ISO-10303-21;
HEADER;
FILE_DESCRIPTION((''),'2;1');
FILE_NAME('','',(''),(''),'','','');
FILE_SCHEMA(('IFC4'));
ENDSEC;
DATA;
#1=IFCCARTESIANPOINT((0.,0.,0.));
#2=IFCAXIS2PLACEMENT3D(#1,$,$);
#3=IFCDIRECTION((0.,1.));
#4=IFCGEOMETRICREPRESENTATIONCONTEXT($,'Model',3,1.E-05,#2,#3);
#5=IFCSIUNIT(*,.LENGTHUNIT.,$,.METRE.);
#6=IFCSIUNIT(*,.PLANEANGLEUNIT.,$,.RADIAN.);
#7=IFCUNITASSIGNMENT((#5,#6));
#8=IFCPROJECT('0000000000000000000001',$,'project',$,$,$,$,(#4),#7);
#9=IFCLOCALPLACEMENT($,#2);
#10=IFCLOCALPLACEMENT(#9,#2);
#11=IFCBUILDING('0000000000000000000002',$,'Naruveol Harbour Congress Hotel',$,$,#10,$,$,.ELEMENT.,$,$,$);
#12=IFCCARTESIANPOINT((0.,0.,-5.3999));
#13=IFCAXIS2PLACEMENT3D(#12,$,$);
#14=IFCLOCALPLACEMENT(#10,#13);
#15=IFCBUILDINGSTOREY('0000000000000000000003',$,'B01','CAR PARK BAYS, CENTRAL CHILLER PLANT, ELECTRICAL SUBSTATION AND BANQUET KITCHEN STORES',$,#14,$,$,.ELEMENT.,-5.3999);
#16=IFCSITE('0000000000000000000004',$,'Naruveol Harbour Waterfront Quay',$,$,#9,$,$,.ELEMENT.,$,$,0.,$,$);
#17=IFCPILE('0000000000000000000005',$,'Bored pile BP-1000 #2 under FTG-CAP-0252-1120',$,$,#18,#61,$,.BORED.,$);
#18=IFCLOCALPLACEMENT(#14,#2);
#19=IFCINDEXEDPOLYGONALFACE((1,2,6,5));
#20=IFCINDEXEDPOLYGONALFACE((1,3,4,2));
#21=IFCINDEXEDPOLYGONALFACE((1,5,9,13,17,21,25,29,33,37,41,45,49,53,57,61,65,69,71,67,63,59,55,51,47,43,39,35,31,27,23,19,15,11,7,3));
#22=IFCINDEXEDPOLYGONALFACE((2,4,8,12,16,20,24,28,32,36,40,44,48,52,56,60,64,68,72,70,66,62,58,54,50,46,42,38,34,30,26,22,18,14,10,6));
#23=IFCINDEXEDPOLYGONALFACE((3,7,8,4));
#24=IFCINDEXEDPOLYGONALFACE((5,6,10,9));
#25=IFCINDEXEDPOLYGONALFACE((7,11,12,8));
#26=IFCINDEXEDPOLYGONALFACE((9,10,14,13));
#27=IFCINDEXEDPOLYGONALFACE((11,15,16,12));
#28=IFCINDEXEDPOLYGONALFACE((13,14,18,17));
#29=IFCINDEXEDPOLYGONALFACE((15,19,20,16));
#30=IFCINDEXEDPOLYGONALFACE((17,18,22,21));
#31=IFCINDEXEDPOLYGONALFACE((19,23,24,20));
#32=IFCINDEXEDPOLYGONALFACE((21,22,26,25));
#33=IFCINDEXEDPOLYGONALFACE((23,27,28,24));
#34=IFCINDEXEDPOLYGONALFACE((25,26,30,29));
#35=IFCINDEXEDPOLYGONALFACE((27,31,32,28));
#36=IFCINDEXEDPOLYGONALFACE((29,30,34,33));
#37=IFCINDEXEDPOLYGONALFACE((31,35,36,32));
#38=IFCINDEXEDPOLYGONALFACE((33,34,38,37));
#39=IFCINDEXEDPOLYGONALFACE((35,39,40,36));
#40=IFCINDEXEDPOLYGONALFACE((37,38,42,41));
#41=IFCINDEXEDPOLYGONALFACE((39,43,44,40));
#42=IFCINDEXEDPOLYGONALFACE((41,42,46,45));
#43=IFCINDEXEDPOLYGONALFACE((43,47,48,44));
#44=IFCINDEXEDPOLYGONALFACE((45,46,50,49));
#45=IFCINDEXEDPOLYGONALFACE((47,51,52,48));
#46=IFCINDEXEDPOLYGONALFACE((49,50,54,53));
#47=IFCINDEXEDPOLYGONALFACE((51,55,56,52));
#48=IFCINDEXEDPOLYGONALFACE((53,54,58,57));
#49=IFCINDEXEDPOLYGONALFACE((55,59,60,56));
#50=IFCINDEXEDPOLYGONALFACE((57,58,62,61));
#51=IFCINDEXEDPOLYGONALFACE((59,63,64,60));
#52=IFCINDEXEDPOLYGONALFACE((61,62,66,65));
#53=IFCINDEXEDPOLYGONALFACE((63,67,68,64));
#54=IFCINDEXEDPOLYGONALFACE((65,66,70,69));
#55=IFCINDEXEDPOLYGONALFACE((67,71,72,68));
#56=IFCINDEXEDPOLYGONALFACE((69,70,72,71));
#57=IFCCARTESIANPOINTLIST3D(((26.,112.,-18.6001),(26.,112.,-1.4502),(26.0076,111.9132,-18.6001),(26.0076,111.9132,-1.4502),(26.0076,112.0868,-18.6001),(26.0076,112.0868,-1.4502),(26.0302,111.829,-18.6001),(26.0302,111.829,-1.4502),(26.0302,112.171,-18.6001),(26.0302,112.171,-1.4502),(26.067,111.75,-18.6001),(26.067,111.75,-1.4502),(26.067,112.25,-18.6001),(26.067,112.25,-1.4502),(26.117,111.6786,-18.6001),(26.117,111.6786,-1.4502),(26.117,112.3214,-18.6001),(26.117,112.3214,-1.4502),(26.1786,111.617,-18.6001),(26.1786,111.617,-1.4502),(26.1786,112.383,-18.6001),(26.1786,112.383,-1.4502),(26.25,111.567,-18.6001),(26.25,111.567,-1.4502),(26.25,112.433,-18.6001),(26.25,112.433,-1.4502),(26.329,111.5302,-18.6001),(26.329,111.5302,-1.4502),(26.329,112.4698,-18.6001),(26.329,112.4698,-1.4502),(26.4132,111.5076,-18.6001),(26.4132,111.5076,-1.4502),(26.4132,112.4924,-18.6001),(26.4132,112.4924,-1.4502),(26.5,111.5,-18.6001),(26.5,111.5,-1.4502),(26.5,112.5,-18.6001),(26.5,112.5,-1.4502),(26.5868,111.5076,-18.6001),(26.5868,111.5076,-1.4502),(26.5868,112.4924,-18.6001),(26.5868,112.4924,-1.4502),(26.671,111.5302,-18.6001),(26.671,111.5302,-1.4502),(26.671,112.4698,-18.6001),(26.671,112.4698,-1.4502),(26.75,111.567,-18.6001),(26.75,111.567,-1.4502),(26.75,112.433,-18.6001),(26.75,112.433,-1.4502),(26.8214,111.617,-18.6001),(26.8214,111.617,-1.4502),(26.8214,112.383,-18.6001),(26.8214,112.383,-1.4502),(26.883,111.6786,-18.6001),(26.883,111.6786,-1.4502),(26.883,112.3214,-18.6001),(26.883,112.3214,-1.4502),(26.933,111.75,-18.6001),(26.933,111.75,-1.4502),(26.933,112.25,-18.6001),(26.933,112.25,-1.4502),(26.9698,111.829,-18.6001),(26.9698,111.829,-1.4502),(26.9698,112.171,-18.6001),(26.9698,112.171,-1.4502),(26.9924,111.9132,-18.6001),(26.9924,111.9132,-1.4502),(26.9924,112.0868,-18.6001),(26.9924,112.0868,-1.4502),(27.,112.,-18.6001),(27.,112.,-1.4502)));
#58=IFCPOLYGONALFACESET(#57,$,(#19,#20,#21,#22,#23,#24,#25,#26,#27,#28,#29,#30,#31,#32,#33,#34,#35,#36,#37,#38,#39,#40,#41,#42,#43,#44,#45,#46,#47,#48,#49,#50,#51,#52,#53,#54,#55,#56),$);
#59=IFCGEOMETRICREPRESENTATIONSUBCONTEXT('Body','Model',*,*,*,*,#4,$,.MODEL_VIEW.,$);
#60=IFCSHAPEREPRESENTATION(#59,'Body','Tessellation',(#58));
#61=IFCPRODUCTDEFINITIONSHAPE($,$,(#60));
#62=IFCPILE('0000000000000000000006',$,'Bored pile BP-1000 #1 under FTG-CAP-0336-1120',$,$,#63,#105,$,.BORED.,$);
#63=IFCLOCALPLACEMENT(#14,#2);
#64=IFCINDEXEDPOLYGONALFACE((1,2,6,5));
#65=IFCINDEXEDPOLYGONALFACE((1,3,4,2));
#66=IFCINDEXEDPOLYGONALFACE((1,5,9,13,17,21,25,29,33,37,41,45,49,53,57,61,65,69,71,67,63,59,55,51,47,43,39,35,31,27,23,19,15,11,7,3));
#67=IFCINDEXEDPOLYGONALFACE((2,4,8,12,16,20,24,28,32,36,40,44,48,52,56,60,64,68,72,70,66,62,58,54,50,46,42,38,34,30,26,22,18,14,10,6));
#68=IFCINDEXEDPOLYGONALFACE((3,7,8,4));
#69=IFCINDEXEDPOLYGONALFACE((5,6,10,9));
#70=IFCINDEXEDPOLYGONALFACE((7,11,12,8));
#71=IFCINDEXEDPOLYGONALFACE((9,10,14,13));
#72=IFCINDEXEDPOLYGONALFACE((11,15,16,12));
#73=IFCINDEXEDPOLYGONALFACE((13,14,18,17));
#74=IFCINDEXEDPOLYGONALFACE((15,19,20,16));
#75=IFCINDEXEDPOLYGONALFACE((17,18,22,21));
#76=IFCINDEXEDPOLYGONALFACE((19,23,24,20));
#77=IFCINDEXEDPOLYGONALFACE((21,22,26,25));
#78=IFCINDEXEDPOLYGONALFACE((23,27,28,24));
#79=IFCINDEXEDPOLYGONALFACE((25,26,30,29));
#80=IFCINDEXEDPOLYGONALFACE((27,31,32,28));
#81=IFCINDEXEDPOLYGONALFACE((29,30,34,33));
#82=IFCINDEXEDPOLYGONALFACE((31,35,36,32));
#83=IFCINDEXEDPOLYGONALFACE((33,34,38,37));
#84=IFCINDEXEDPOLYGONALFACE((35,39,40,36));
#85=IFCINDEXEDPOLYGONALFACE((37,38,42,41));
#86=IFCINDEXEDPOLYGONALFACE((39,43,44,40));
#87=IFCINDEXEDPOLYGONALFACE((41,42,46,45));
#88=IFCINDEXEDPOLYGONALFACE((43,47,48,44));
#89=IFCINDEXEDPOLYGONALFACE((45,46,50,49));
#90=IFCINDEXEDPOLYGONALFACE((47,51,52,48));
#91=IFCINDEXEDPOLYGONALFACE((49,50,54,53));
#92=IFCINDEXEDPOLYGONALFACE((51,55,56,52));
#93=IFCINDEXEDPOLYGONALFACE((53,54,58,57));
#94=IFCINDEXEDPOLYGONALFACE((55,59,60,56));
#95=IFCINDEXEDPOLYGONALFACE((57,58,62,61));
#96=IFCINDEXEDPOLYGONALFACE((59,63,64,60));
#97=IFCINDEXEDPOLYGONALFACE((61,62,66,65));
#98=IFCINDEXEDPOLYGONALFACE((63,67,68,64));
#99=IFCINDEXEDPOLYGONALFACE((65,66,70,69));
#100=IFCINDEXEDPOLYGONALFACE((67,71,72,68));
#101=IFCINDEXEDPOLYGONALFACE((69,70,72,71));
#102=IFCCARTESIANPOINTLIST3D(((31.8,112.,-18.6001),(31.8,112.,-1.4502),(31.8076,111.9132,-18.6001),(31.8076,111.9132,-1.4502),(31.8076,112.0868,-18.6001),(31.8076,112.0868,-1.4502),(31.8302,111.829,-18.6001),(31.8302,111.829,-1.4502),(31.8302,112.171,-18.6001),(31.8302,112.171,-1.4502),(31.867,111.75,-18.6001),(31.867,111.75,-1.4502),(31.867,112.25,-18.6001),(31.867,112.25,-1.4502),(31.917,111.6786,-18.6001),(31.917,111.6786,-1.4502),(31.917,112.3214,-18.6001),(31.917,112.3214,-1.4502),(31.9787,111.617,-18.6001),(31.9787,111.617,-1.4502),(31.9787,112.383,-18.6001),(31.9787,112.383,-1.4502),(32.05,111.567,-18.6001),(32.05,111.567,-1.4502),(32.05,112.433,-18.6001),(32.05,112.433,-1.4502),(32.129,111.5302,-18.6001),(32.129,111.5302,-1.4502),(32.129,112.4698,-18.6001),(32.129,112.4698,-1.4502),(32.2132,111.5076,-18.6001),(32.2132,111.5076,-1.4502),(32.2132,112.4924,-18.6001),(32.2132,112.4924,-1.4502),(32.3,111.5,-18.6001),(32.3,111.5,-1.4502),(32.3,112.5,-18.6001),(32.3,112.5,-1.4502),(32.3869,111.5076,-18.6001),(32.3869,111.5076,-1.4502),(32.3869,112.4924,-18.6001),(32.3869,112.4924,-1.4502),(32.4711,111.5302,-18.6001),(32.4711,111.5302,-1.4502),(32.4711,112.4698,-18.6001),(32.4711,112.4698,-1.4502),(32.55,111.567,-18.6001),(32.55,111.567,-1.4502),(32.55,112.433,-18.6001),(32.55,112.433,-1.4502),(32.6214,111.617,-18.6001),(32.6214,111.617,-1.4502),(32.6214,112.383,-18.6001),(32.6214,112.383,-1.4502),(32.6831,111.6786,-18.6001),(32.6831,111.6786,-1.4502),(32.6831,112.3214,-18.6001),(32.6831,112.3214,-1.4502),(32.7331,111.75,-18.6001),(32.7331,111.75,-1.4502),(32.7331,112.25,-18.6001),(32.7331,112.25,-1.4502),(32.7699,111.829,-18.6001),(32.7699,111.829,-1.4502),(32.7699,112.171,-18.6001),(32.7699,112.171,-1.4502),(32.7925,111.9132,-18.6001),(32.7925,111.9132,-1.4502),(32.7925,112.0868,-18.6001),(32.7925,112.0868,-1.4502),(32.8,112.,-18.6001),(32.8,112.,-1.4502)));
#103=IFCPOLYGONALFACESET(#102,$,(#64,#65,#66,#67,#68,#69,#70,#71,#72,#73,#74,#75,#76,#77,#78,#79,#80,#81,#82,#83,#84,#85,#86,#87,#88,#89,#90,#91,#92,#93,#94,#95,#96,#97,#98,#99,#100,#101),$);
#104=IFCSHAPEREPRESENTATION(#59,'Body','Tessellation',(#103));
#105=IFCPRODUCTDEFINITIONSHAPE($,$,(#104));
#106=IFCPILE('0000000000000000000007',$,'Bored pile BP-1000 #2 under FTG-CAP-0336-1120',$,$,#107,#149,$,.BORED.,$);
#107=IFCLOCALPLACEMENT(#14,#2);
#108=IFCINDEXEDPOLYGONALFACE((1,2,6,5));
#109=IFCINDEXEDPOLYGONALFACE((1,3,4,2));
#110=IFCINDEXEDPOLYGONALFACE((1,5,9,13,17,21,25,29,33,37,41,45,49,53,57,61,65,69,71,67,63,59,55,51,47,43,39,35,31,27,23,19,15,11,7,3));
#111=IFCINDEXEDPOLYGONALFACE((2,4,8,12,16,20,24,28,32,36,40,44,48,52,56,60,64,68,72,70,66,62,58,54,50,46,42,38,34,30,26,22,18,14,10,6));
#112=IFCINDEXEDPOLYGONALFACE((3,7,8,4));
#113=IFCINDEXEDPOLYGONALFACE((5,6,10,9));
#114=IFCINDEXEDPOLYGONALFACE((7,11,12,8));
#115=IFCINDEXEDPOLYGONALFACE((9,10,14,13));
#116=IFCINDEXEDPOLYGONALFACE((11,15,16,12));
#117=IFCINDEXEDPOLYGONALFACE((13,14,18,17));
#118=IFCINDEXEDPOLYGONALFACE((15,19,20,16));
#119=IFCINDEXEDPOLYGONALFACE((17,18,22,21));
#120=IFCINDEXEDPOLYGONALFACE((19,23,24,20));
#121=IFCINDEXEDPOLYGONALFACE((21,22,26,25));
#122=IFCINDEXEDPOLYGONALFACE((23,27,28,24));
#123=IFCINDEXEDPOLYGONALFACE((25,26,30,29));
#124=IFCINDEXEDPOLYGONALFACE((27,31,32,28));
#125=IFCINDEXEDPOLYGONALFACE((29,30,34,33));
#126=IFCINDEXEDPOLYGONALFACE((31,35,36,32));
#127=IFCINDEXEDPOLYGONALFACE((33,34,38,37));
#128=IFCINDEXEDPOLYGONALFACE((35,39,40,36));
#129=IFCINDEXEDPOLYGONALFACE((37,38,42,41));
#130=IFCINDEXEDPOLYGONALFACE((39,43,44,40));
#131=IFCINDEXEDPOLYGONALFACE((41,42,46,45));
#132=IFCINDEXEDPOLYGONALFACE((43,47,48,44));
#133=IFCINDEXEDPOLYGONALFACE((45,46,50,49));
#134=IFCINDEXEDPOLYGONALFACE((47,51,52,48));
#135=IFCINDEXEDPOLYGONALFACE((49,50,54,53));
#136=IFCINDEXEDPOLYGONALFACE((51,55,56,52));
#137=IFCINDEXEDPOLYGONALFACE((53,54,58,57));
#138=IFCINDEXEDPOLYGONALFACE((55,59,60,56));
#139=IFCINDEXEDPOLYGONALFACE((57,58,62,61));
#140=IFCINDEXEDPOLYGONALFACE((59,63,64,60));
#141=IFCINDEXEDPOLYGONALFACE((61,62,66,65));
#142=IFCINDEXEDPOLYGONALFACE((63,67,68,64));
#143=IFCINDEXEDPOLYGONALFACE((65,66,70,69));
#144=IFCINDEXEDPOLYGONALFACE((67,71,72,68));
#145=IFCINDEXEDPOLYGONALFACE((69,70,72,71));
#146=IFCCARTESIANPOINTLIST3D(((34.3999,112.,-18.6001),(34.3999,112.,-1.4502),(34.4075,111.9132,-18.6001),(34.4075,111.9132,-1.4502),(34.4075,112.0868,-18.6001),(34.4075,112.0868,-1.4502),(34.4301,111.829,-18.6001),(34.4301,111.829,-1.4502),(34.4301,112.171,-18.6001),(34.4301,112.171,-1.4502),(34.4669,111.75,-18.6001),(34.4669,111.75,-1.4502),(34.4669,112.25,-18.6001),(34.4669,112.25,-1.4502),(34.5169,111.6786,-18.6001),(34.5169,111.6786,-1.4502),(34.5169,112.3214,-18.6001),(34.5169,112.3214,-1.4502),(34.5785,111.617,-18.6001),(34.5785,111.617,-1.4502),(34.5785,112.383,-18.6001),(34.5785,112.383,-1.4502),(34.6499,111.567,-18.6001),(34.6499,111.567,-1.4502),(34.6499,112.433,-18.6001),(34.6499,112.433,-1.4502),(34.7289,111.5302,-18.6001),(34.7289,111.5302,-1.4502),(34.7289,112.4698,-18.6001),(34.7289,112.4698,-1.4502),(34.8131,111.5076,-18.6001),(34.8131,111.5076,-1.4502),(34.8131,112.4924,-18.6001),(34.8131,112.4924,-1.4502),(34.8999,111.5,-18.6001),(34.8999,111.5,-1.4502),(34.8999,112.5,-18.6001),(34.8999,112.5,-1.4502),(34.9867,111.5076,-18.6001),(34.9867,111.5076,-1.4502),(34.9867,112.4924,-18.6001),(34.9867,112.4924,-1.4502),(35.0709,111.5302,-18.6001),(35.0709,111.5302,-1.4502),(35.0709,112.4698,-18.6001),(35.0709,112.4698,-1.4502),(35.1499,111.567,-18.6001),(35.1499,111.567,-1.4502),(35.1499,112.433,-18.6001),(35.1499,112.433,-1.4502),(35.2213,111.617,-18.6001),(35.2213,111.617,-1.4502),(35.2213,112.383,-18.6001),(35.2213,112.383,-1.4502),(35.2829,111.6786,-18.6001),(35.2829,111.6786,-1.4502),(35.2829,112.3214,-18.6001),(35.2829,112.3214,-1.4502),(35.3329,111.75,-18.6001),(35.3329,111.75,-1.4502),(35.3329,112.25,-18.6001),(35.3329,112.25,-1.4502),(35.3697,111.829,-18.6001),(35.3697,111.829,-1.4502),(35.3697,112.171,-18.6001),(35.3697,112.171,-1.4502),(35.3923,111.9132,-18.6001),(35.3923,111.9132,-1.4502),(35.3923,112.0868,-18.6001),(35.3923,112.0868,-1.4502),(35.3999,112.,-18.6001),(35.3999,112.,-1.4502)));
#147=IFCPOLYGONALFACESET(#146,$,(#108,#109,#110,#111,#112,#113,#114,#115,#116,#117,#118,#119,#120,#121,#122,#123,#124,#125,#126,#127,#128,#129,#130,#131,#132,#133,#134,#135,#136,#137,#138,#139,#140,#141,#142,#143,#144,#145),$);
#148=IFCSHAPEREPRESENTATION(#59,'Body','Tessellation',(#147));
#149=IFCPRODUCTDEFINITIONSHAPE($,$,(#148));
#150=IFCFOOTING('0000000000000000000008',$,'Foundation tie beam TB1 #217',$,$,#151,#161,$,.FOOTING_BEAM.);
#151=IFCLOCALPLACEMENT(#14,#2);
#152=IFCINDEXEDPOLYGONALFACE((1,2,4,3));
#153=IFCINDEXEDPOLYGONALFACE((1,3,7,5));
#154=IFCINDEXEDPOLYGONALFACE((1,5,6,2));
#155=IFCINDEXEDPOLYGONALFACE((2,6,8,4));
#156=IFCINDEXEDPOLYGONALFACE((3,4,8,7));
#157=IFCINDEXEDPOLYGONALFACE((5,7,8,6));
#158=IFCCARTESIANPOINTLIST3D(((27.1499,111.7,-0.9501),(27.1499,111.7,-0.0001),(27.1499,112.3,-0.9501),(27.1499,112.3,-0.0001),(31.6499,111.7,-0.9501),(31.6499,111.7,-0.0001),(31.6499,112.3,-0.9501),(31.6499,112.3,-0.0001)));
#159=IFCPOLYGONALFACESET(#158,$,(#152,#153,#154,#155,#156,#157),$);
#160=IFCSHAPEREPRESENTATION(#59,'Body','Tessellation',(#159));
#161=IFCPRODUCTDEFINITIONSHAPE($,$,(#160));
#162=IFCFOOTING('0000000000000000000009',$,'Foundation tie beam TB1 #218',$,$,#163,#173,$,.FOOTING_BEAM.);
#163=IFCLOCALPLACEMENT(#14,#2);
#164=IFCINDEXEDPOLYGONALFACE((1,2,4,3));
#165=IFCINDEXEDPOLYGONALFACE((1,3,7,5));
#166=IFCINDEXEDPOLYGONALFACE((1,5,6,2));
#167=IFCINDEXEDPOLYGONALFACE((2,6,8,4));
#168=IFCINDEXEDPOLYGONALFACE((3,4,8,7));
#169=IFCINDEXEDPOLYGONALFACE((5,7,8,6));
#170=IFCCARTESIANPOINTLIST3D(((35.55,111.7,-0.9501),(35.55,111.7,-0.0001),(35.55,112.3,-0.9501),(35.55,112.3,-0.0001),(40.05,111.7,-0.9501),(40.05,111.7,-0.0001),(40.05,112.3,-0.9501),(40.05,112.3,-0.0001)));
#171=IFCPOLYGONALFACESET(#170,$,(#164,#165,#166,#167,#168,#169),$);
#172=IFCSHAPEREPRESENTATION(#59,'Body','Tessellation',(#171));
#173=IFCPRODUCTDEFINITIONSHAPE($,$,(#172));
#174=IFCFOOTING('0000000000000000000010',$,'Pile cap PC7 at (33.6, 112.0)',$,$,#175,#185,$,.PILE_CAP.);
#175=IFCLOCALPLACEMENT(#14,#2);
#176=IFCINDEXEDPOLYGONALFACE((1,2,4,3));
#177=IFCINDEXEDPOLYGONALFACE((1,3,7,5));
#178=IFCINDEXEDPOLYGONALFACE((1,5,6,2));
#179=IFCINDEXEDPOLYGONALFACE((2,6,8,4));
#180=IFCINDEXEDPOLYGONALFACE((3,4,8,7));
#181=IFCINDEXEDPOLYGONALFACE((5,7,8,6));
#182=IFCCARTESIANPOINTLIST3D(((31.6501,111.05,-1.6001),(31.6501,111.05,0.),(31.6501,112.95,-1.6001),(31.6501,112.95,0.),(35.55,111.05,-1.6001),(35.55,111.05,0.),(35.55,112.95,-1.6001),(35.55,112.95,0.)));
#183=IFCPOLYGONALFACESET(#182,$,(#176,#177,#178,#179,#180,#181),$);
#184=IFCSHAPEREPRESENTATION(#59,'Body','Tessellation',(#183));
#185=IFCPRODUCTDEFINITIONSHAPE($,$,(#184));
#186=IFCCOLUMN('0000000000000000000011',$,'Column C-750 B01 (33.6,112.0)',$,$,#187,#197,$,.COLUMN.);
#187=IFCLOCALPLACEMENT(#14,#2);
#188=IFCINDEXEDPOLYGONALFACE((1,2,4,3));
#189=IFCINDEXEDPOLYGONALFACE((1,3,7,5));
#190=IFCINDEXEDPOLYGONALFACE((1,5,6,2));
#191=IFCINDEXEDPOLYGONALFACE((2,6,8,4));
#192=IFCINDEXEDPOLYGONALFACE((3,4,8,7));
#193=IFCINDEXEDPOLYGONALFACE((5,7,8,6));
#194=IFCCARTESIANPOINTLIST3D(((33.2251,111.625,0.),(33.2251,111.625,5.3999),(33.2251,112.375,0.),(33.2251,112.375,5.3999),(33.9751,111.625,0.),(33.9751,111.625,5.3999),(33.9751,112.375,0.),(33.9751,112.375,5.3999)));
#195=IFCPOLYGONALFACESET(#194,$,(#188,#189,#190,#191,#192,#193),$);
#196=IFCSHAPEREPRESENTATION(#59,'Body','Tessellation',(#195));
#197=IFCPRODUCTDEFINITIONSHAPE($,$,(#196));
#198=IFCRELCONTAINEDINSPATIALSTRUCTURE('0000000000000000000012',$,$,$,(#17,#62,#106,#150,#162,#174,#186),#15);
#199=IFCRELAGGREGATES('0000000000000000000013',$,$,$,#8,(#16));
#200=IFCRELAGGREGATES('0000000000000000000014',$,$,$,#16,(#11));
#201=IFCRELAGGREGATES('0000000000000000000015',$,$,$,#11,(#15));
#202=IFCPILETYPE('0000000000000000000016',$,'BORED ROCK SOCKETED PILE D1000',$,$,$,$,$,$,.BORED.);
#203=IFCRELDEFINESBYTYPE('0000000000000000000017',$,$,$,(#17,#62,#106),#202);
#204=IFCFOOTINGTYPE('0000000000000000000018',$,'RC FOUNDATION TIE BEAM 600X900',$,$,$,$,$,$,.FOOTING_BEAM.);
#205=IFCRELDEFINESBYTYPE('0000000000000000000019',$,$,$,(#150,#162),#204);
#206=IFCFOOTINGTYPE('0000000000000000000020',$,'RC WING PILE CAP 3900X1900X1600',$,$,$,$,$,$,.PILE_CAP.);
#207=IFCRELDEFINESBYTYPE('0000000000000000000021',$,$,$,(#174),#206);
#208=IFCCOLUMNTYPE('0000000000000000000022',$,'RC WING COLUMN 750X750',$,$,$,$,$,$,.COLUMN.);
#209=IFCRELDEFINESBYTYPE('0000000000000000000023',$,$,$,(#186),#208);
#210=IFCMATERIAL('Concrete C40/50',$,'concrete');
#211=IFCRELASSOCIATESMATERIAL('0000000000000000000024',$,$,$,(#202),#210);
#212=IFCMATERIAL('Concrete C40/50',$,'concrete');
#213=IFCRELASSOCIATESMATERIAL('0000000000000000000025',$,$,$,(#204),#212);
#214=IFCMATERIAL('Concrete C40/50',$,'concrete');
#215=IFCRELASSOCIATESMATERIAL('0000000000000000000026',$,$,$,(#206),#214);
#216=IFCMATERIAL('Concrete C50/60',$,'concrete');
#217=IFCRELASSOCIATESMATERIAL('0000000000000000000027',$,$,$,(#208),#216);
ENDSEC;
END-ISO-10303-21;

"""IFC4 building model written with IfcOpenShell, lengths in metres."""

from ifc_helpers import new_model, si_unit, direction, frame, origin, origin_2d, place, context, subcontext, project, spatial, rectangle, circle, extrude, material, material_profile, profile_set, type_object, element, save


model = new_model("IFC4")

# Units and contexts
model_context = context("Model", 3, precision=1e-05, world=origin(), true_north=direction((0.0, 1.0)))
body_context = subcontext(model_context, "Body", "Model", "MODEL_VIEW")
ifc_project = project(units=[si_unit("LENGTHUNIT", "METRE"), si_unit("PLANEANGLEUNIT", "RADIAN")], contexts=[model_context])

# Site, building, storey
site_placement = place(None, origin())
site = spatial("IfcSite", under=ifc_project, at=site_placement, Name="Naruveol Harbour Waterfront Quay", CompositionType="ELEMENT", RefElevation=0.0)
building_placement = place(site_placement, origin())
building = spatial("IfcBuilding", under=site, at=building_placement, Name="Naruveol Harbour Congress Hotel", CompositionType="ELEMENT")
storey_placement = place(building_placement, frame((0.0, 0.0, -5.3999)))
storey = spatial("IfcBuildingStorey", under=building, at=storey_placement, Name="B01", Description="CAR PARK BAYS, CENTRAL CHILLER PLANT, ELECTRICAL SUBSTATION AND BANQUET KITCHEN STORES", CompositionType="ELEMENT", Elevation=-5.3999)

# Piles
ifc_material_1 = material(Name="Concrete C40/50", Category="concrete")
ifc_material_profile_1 = material_profile(ifc_material_1, circle(Radius=0.5, at=origin_2d()), Name="BP-1000")
ifc_profile_set_1 = profile_set([ifc_material_profile_1], Name="Concrete C40/50")
pile_type = type_object("IfcPileType", Name="BORED ROCK SOCKETED PILE D1000", PredefinedType="BORED", material=ifc_profile_set_1)
for number, where, z_axis, x_axis, name in (
    (1, (26.5, 112.0, -1.4502), (0.0, 0.0, -1.0), (1.0, 0.0, 0.0), "Bored pile BP-1000 #2 under FTG-CAP-0252-1120"),
    (2, (32.3, 112.0, -1.4502), (0.0, 0.0, -1.0), (1.0, 0.0, 0.0), "Bored pile BP-1000 #1 under FTG-CAP-0336-1120"),
    (3, (34.8999, 112.0, -1.4502), (0.0, 0.0, -1.0), (1.0, 0.0, 0.0), "Bored pile BP-1000 #2 under FTG-CAP-0336-1120"),
):
    element("IfcPile", number, at=place(storey_placement, frame(where, z_axis=z_axis, x_axis=x_axis)), inside=storey, type_object=pile_type, Name=name, PredefinedType="BORED", context=body_context, shape_type="SweptSolid", body=[
        extrude(circle(Radius=0.5, at=origin_2d()), origin(), (0.0, 0.0, 1.0), 17.1499),
    ])

# Footings
ifc_material_2 = material(Name="Concrete C40/50", Category="concrete")
ifc_material_profile_2 = material_profile(ifc_material_2, rectangle(XDim=0.6001, YDim=0.95, at=origin_2d()), Name="RCB-600x950")
ifc_profile_set_2 = profile_set([ifc_material_profile_2], Name="Concrete C40/50")
footing_type_1 = type_object("IfcFootingType", Name="RC FOUNDATION TIE BEAM 600X900", PredefinedType="FOOTING_BEAM", material=ifc_profile_set_2)
for number, where, z_axis, x_axis, name in (
    (4, (27.1499, 112.0, -0.4751), (1.0, 0.0, 0.0), (0.0, 1.0, 0.0), "Foundation tie beam TB1 #217"),
    (5, (35.55, 112.0, -0.4751), (1.0, 0.0, 0.0), (0.0, 1.0, 0.0), "Foundation tie beam TB1 #218"),
):
    element("IfcFooting", number, at=place(storey_placement, frame(where, z_axis=z_axis, x_axis=x_axis)), inside=storey, type_object=footing_type_1, Name=name, PredefinedType="FOOTING_BEAM", context=body_context, shape_type="SweptSolid", body=[
        extrude(rectangle(XDim=0.6001, YDim=0.95, at=origin_2d()), origin(), (0.0, 0.0, 1.0), 4.5),
    ])
ifc_material_3 = material(Name="Concrete C40/50", Category="concrete")
footing_type_2 = type_object("IfcFootingType", Name="RC WING PILE CAP 3900X1900X1600", PredefinedType="PILE_CAP", material=ifc_material_3)
footing_placement = place(storey_placement, frame((33.6001, 112.0, -1.6001), z_axis=(0.0, 0.0, 1.0), x_axis=(1.0, 0.0, 0.0)))
element("IfcFooting", 6, at=footing_placement, inside=storey, type_object=footing_type_2, Name="Pile cap PC7 at (33.6, 112.0)", PredefinedType="PILE_CAP", context=body_context, shape_type="SweptSolid", body=[
    extrude(rectangle(XDim=3.8999, YDim=1.8999, at=origin_2d()), origin(), (0.0, 0.0, 1.0), 1.6001),
])

# Column
ifc_material_4 = material(Name="Concrete C50/60", Category="concrete")
ifc_material_profile_3 = material_profile(ifc_material_4, rectangle(XDim=0.75, YDim=0.75, at=origin_2d()), Name="RC-750x750")
ifc_profile_set_3 = profile_set([ifc_material_profile_3], Name="Concrete C50/60")
column_type_1 = type_object("IfcColumnType", Name="RC WING COLUMN 750X750", PredefinedType="COLUMN", material=ifc_profile_set_3)
column_1_placement = place(storey_placement, frame((33.6001, 112.0, 0.0), z_axis=(0.0, 0.0, 1.0), x_axis=(1.0, 0.0, 0.0)))
element("IfcColumn", 7, at=column_1_placement, inside=storey, type_object=column_type_1, Name="Column C-750 B01 (33.6,112.0)", PredefinedType="COLUMN", context=body_context, shape_type="SweptSolid", body=[
    extrude(rectangle(XDim=0.75, YDim=0.75, at=origin_2d()), origin(), (0.0, 0.0, 1.0), 5.3999),
])

save(model, "model.ifc")
